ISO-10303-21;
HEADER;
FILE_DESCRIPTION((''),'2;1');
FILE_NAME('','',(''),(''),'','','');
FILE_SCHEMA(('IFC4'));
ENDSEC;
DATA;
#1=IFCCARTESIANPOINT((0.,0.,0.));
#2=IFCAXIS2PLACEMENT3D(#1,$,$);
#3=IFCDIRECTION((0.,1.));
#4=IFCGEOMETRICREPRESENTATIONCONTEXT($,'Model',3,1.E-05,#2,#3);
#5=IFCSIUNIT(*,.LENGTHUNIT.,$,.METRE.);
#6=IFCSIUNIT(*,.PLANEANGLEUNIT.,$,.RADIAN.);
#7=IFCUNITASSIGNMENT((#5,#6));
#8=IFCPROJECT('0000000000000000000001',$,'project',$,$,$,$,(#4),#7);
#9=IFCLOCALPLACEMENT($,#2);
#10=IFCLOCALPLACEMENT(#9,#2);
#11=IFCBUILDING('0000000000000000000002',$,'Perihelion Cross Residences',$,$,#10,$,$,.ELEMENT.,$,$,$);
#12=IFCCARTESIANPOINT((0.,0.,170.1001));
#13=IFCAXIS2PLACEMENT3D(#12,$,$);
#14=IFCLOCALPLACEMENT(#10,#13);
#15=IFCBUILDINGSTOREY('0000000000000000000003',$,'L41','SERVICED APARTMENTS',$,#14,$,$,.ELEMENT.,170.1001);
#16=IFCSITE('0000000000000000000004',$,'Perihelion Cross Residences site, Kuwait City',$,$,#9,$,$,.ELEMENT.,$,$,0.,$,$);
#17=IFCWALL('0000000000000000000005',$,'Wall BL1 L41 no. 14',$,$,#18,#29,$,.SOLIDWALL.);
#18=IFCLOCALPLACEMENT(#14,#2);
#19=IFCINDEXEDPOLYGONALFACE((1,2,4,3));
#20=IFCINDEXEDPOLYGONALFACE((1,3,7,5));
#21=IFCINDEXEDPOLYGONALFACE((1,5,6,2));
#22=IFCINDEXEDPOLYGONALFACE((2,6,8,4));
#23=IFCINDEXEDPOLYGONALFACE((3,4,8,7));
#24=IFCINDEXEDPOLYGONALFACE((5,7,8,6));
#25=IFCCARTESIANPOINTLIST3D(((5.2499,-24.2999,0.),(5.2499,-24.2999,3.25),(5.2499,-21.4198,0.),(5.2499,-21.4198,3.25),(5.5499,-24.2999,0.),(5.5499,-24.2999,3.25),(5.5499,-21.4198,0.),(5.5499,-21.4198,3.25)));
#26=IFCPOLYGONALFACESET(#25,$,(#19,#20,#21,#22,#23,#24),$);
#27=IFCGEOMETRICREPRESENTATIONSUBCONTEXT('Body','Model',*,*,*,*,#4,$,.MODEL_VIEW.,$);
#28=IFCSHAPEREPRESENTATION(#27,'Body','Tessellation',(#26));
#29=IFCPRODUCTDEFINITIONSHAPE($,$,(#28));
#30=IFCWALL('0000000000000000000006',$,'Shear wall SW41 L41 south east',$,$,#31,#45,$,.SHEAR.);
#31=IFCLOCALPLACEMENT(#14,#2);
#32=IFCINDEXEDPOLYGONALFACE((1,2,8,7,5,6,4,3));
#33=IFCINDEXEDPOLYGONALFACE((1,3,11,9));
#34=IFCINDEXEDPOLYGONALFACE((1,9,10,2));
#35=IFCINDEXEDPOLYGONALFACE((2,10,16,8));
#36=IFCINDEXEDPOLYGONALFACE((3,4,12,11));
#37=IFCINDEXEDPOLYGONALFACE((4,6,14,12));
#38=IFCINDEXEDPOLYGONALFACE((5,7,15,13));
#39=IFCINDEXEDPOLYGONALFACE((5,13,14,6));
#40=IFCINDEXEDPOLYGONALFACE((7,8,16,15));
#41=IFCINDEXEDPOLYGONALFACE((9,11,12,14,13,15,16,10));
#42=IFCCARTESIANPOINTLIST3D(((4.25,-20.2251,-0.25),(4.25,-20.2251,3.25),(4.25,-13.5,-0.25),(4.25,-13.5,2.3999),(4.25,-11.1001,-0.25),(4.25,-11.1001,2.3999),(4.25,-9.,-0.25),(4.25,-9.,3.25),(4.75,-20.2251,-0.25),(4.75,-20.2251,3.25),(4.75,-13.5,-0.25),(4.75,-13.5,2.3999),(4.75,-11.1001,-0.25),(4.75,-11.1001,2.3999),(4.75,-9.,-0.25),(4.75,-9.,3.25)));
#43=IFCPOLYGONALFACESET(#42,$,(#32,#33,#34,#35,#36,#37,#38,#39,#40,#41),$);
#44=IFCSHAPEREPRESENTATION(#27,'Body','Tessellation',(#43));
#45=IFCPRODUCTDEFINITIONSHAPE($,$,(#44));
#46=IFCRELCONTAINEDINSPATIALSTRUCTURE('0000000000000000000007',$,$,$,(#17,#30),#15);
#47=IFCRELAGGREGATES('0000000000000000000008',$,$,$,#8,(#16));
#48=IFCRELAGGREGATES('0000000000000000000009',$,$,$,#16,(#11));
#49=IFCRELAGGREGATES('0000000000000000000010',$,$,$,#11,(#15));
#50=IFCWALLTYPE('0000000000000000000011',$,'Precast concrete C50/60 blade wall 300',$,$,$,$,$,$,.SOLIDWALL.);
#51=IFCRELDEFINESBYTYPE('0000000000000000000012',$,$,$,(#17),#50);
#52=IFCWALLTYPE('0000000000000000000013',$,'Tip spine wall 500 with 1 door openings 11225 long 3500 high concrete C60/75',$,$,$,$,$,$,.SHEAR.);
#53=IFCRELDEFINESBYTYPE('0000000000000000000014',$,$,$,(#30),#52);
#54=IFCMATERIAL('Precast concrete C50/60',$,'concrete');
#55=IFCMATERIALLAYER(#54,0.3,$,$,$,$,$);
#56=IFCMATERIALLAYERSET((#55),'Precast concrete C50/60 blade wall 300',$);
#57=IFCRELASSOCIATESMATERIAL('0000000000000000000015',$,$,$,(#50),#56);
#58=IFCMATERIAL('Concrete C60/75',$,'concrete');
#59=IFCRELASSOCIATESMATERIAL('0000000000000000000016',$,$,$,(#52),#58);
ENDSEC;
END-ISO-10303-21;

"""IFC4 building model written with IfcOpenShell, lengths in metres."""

from ifc_helpers import new_model, si_unit, direction, frame, frame_2d, origin, place, context, subcontext, project, spatial, polyline, rectangle, outline, extrude, material, layer, layer_set, material_profile, profile_set, type_object, element, save


model = new_model("IFC4")

# Units and contexts
model_context = context("Model", 3, precision=1e-05, world=origin(), true_north=direction((0.0, 1.0)))
body_context = subcontext(model_context, "Body", "Model", "MODEL_VIEW")
ifc_project = project(units=[si_unit("LENGTHUNIT", "METRE"), si_unit("PLANEANGLEUNIT", "RADIAN")], contexts=[model_context])

# Site, building, storey
site_placement = place(None, origin())
site = spatial("IfcSite", under=ifc_project, at=site_placement, Name="Perihelion Cross Residences site, Kuwait City", CompositionType="ELEMENT", RefElevation=0.0)
building_placement = place(site_placement, origin())
building = spatial("IfcBuilding", under=site, at=building_placement, Name="Perihelion Cross Residences", CompositionType="ELEMENT")
storey_placement = place(building_placement, frame((0.0, 0.0, 170.1001)))
storey = spatial("IfcBuildingStorey", under=building, at=storey_placement, Name="L41", Description="SERVICED APARTMENTS", CompositionType="ELEMENT", Elevation=170.1001)

# Walls
ifc_material_1 = material(Name="Precast concrete C50/60", Category="concrete")
ifc_layer_1 = layer(ifc_material_1, 0.3)
ifc_layer_set_1 = layer_set([ifc_layer_1], Name="Precast concrete C50/60 blade wall 300")
wall_type_1 = type_object("IfcWallType", Name="Precast concrete C50/60 blade wall 300", PredefinedType="SOLIDWALL", material=ifc_layer_set_1)
wall_1_placement = place(storey_placement, frame((5.3999, -21.4199, 0.0), z_axis=(0.0, 0.0, 1.0), x_axis=(0.0, -1.0, 0.0)))
element("IfcWall", 1, at=wall_1_placement, inside=storey, type_object=wall_type_1, Name="Wall BL1 L41 no. 14", PredefinedType="SOLIDWALL", context=body_context, shape_type="SweptSolid", body=[
    extrude(rectangle(XDim=2.8801, YDim=0.3, at=frame_2d((1.4399, 0.0))), origin(), (0.0, 0.0, 1.0), 3.25),
])
ifc_material_2 = material(Name="Concrete C60/75", Category="concrete")
ifc_material_profile_1 = material_profile(ifc_material_2, outline(polyline([(0.0, 0.0), (6.7251, 0.0), (6.7251, 2.6499), (9.125, 2.6499), (9.125, 0.0), (11.2251, 0.0), (11.2251, 3.5), (0.0, 3.5), (0.0, 0.0)])), Name="Tip spine wall")
ifc_profile_set_1 = profile_set([ifc_material_profile_1], Name="Concrete C60/75")
wall_type_2 = type_object("IfcWallType", Name="Tip spine wall 500 with 1 door openings 11225 long 3500 high concrete C60/75", PredefinedType="SHEAR", material=ifc_profile_set_1)
wall_2_placement = place(storey_placement, frame((4.25, -20.2251, -0.25), z_axis=(1.0, 0.0, 0.0), x_axis=(0.0, 1.0, 0.0)))
element("IfcWall", 2, at=wall_2_placement, inside=storey, type_object=wall_type_2, Name="Shear wall SW41 L41 south east", PredefinedType="SHEAR", context=body_context, shape_type="SweptSolid", body=[
    extrude(outline(polyline([(0.0, 0.0), (6.7251, 0.0), (6.7251, 2.6499), (9.125, 2.6499), (9.125, 0.0), (11.2251, 0.0), (11.2251, 3.5), (0.0, 3.5), (0.0, 0.0)])), origin(), (0.0, 0.0, 1.0), 0.5),
])

save(model, "model.ifc")
